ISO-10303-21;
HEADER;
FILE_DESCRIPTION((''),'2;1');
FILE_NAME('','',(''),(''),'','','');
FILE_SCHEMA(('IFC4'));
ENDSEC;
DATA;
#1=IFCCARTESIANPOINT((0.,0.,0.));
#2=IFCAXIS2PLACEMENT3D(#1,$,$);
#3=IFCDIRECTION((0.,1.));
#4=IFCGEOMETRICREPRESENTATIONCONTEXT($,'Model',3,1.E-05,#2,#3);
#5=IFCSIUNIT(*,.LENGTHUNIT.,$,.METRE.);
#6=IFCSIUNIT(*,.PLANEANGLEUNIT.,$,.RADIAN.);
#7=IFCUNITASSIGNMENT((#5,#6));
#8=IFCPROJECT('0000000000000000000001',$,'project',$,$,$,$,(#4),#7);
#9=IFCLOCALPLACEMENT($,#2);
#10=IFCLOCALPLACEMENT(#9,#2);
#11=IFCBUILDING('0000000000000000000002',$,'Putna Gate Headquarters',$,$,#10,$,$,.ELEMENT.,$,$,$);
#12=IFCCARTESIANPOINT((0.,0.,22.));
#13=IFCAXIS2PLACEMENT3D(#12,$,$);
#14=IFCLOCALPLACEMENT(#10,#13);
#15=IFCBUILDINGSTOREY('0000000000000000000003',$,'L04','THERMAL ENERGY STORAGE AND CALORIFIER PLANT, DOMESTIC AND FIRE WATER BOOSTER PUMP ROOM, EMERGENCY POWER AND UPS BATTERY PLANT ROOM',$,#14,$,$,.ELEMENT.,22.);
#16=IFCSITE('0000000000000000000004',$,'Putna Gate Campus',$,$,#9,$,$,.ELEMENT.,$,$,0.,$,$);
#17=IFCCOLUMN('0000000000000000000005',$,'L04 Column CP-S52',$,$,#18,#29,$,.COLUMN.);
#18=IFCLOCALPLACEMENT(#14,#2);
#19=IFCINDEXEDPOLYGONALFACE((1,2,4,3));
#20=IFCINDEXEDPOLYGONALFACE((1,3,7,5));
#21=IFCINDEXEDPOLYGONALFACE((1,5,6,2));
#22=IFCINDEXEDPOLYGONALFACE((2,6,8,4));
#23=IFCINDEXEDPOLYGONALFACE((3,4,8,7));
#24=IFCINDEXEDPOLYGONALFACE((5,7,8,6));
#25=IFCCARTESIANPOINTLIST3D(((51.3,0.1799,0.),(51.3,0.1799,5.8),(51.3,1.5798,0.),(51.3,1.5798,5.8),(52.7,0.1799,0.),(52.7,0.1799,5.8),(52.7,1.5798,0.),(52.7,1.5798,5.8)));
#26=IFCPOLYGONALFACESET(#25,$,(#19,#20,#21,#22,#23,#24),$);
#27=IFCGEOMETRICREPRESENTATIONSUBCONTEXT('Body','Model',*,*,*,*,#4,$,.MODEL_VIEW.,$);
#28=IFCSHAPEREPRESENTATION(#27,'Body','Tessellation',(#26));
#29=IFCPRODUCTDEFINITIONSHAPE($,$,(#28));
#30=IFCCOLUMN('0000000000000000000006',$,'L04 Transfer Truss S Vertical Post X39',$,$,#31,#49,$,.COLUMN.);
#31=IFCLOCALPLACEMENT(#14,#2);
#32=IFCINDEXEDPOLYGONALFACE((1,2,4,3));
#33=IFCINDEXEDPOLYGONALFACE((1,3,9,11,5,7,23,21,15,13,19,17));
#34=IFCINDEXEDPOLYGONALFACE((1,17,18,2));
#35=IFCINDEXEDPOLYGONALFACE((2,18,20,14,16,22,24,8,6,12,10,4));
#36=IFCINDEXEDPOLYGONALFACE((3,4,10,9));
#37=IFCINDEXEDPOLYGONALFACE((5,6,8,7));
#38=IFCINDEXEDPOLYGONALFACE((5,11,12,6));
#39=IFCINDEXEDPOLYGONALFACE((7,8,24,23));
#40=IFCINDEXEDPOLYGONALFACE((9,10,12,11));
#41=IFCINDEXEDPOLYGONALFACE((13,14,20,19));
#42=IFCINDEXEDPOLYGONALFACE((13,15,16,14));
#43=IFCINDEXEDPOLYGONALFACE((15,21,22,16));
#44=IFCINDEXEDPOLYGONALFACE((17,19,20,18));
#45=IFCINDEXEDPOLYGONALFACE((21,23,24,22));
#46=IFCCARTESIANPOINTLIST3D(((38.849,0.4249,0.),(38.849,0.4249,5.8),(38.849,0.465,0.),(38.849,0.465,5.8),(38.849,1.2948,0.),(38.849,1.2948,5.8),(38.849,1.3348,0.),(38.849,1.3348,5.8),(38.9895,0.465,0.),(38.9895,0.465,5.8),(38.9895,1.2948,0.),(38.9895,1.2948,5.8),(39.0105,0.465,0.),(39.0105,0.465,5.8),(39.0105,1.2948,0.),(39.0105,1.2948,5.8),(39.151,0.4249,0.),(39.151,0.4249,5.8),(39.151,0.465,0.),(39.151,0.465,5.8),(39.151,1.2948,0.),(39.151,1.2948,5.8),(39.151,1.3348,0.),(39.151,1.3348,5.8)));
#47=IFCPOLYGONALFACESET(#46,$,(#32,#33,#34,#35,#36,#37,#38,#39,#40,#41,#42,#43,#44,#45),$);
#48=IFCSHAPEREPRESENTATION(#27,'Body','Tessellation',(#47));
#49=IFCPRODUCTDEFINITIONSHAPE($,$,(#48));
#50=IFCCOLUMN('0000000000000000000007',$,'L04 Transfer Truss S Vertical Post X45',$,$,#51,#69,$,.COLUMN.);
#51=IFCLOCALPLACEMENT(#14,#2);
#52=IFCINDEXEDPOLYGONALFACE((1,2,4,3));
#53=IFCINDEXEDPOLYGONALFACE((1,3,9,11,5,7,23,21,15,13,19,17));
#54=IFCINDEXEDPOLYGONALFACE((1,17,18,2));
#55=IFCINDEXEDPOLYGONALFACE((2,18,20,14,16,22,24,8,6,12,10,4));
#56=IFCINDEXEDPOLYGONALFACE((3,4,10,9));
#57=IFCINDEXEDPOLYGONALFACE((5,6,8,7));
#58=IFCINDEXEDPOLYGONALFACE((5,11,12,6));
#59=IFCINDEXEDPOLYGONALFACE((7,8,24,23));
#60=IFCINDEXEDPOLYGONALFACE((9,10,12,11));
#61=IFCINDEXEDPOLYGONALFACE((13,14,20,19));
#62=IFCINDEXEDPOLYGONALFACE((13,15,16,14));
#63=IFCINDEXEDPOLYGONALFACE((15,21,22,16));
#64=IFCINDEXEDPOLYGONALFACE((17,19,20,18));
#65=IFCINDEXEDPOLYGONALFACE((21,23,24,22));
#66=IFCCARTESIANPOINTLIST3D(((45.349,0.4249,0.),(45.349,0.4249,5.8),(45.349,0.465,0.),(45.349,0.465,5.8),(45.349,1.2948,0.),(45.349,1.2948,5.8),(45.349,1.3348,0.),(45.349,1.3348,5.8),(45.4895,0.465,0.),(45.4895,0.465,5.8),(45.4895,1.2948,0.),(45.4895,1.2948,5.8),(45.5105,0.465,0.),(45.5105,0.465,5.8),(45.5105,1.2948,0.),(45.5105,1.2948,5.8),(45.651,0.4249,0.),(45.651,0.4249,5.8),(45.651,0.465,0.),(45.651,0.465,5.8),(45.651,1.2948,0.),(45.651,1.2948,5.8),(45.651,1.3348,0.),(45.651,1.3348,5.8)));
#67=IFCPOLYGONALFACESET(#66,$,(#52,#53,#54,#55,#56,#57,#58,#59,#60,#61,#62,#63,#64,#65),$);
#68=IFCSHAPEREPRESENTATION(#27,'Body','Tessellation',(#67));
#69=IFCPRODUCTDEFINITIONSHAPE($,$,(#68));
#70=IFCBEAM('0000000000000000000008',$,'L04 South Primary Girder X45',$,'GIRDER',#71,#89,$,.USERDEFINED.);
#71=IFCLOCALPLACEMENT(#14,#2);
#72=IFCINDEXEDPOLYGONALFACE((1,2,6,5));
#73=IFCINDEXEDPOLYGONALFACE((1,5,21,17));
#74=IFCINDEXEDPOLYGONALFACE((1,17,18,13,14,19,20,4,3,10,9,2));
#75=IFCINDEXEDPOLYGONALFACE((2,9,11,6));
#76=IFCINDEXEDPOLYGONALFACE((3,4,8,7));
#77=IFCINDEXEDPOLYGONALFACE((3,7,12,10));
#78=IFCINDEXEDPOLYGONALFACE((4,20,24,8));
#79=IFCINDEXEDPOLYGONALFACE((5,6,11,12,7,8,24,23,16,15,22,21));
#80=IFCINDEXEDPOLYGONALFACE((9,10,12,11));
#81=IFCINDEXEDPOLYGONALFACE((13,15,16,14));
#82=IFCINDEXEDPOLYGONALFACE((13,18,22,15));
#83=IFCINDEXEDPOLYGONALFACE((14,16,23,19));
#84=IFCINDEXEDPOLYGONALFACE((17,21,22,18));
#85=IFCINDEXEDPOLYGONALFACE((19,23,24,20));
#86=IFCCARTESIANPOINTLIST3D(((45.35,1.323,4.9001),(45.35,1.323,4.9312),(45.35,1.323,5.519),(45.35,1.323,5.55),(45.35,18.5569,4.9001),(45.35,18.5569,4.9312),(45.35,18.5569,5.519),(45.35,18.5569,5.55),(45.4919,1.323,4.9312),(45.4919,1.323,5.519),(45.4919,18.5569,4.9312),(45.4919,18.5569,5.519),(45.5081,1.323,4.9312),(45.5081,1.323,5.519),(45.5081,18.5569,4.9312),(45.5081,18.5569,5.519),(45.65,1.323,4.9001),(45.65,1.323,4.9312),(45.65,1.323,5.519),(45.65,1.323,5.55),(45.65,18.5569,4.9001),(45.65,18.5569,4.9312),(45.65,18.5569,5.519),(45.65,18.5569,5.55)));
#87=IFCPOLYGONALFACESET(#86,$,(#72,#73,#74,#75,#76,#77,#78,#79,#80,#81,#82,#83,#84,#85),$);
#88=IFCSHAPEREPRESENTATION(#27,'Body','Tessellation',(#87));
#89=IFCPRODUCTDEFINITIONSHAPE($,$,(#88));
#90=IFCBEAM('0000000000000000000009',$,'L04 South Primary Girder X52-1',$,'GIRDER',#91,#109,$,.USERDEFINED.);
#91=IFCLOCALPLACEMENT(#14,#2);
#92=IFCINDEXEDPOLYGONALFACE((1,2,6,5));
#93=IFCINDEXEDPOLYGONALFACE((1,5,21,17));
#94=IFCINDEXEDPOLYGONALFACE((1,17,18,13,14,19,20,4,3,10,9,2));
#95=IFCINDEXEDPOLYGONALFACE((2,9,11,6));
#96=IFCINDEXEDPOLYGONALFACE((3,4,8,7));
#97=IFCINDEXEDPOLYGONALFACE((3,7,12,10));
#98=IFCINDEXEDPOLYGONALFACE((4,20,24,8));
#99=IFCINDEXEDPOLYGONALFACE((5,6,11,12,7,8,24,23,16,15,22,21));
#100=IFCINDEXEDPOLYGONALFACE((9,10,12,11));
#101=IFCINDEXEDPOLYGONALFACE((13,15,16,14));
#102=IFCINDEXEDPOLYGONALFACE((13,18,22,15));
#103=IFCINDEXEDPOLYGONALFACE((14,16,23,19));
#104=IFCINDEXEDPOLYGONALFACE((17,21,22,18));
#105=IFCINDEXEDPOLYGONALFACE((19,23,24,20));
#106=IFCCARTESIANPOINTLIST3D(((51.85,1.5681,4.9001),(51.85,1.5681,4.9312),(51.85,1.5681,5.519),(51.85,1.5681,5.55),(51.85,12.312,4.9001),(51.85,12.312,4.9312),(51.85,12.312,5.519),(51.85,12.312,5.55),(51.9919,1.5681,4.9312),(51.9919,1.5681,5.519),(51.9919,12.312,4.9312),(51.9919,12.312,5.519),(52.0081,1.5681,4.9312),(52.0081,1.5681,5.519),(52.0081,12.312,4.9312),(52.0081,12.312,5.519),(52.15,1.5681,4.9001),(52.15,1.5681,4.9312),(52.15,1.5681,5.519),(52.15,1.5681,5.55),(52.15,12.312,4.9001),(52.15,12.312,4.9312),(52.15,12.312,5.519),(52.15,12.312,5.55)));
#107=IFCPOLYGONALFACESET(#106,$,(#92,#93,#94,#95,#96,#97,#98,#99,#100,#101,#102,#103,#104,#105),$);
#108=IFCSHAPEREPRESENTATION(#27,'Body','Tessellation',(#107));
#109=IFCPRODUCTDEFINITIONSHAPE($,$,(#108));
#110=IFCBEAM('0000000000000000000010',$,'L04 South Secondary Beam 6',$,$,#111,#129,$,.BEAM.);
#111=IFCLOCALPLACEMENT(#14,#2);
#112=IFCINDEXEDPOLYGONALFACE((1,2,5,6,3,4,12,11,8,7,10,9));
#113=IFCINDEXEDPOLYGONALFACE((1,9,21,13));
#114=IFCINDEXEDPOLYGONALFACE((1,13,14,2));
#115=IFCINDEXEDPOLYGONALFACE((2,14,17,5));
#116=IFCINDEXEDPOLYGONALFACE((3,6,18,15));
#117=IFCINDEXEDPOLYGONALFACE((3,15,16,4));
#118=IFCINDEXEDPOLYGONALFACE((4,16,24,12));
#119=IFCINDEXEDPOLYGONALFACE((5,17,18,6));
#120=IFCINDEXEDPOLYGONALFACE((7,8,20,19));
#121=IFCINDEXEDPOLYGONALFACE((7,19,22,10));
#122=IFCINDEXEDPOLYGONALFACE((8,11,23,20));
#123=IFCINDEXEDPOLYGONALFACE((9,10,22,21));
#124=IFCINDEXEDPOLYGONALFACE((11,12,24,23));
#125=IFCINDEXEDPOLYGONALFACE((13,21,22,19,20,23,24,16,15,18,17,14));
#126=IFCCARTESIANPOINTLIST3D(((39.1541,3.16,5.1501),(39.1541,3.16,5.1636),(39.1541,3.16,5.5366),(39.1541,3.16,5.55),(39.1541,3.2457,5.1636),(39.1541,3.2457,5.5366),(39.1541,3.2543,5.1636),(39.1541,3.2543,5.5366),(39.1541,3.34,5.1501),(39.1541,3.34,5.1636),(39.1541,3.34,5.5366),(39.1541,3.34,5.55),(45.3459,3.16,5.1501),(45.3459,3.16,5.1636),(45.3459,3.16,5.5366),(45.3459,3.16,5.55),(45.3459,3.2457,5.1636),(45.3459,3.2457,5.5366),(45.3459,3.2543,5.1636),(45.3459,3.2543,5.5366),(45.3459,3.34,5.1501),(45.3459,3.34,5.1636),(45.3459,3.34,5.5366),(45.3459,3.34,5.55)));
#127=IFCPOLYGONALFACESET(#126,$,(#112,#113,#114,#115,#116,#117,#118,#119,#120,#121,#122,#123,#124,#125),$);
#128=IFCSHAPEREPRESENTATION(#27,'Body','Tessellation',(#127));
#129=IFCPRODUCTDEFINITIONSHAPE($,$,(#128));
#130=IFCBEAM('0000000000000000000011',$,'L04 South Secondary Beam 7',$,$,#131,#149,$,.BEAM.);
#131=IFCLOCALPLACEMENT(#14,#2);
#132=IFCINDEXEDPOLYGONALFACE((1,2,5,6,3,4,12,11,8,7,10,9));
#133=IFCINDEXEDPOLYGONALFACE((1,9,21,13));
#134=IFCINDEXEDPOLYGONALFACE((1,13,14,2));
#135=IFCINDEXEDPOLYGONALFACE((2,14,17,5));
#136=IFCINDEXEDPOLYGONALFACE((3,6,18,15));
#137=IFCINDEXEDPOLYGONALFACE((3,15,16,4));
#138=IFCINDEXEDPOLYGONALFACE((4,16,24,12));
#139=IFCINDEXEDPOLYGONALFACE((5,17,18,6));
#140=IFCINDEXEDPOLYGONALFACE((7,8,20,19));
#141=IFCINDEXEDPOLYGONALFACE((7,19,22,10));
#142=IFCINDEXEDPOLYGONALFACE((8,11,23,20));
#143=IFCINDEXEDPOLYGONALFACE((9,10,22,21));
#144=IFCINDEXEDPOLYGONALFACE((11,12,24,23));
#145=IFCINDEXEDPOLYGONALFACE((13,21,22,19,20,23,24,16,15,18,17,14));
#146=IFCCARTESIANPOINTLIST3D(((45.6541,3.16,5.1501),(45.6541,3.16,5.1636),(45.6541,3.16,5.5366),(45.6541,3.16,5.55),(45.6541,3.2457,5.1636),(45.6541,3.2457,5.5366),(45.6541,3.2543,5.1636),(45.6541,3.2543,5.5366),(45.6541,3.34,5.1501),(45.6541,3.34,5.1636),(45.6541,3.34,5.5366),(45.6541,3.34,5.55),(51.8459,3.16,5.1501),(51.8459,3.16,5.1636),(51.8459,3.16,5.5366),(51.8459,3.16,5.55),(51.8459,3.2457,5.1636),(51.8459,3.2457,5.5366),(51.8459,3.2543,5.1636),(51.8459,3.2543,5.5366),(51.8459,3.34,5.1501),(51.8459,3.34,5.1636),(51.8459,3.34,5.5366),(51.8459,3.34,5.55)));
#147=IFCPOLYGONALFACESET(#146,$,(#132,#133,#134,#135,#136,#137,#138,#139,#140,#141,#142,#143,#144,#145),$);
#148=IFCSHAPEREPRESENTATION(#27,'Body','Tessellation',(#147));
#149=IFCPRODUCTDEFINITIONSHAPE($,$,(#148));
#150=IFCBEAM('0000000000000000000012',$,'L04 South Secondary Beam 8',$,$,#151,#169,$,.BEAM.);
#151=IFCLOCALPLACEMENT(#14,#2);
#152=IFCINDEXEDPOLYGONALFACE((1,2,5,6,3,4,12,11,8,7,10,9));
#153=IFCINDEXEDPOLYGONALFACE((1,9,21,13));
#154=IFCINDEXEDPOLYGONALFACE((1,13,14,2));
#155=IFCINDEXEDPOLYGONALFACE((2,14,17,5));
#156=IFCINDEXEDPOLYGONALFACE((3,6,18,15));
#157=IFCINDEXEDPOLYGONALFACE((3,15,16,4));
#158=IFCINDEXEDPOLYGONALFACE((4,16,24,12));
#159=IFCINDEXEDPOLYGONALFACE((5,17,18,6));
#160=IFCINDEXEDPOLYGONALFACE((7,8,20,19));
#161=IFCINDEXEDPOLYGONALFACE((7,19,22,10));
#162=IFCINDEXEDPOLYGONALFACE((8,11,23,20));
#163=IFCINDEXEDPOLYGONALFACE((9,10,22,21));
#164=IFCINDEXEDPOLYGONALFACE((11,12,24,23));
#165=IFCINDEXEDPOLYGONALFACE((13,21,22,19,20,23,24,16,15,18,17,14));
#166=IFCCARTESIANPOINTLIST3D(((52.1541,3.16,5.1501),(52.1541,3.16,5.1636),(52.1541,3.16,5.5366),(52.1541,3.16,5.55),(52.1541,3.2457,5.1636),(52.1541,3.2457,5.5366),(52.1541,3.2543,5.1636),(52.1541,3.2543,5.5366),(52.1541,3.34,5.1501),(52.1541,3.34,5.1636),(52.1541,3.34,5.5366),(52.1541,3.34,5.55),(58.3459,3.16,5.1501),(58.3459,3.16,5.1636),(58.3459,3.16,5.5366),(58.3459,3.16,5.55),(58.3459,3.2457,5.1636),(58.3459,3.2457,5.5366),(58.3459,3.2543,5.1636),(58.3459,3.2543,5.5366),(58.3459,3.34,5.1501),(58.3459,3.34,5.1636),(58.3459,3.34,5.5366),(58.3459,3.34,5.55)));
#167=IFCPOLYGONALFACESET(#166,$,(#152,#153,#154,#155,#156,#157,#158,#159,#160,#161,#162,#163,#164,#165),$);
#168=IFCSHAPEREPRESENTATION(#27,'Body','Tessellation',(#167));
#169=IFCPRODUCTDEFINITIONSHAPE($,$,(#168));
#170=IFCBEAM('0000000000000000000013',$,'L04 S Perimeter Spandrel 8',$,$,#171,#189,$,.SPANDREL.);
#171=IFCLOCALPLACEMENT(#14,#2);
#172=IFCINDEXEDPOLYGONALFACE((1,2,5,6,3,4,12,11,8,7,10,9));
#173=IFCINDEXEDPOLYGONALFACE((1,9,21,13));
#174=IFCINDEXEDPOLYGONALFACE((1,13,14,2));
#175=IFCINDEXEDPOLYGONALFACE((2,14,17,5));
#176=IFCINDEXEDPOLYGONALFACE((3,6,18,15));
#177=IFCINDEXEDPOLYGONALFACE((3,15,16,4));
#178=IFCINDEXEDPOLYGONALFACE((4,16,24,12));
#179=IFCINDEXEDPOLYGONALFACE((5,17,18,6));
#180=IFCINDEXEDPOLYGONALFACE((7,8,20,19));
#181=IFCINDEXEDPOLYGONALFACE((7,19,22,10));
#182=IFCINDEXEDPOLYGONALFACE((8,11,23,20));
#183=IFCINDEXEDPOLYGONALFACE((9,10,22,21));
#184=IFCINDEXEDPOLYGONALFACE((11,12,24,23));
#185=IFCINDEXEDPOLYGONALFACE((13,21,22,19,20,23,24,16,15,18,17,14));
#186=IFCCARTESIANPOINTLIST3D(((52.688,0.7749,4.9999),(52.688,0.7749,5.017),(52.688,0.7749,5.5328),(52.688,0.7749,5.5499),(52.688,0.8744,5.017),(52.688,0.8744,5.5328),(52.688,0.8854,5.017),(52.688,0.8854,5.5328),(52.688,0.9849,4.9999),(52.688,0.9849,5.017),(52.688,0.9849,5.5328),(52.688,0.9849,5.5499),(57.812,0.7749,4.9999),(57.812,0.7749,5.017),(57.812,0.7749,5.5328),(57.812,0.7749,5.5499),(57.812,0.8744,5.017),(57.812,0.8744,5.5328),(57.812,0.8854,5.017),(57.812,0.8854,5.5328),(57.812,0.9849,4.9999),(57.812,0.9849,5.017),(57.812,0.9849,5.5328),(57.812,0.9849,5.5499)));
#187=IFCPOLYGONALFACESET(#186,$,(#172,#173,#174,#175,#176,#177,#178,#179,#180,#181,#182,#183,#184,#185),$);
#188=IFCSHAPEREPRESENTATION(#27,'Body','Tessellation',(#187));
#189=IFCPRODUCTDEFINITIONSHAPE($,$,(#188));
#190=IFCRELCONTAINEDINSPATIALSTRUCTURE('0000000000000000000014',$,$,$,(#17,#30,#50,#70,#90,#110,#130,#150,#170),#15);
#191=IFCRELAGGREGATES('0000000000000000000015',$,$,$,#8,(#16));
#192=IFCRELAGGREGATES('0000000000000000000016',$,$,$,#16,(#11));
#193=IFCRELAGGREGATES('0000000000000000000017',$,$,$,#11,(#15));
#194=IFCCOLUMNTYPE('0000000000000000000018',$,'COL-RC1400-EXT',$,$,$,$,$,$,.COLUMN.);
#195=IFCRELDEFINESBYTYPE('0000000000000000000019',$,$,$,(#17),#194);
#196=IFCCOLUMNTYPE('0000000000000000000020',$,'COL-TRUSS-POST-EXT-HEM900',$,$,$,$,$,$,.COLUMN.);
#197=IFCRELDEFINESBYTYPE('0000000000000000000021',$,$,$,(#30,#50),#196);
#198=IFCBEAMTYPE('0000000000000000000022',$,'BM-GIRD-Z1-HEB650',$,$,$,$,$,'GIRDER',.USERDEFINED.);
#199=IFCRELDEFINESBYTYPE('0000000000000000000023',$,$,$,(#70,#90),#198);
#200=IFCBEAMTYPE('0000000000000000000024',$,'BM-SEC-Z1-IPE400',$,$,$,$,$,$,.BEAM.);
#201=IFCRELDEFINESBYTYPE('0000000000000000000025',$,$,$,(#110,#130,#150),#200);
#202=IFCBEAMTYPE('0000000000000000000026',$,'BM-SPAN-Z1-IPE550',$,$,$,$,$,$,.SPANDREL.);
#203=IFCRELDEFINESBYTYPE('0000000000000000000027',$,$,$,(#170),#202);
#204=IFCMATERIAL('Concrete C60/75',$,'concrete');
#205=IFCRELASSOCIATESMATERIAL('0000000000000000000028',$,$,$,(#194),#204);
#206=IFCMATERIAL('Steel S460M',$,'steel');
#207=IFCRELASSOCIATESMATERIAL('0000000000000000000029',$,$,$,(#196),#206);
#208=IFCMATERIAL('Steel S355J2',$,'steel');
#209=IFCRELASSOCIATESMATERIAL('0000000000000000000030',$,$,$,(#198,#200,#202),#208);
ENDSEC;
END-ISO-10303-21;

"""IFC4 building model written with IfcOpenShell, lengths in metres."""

from ifc_helpers import new_model, si_unit, direction, frame, origin, origin_2d, place, context, subcontext, project, spatial, rectangle, i_section, extrude, material, material_profile, profile_set, type_object, element, save


model = new_model("IFC4")

# Units and contexts
model_context = context("Model", 3, precision=1e-05, world=origin(), true_north=direction((0.0, 1.0)))
body_context = subcontext(model_context, "Body", "Model", "MODEL_VIEW")
ifc_project = project(units=[si_unit("LENGTHUNIT", "METRE"), si_unit("PLANEANGLEUNIT", "RADIAN")], contexts=[model_context])

# Site, building, storey
site_placement = place(None, origin())
site = spatial("IfcSite", under=ifc_project, at=site_placement, Name="Putna Gate Campus", CompositionType="ELEMENT", RefElevation=0.0)
building_placement = place(site_placement, origin())
building = spatial("IfcBuilding", under=site, at=building_placement, Name="Putna Gate Headquarters", CompositionType="ELEMENT")
storey_placement = place(building_placement, frame((0.0, 0.0, 22.0)))
storey = spatial("IfcBuildingStorey", under=building, at=storey_placement, Name="L04", Description="THERMAL ENERGY STORAGE AND CALORIFIER PLANT, DOMESTIC AND FIRE WATER BOOSTER PUMP ROOM, EMERGENCY POWER AND UPS BATTERY PLANT ROOM", CompositionType="ELEMENT", Elevation=22.0)

# Columns
ifc_material_1 = material(Name="Concrete C60/75", Category="concrete")
ifc_material_profile_1 = material_profile(ifc_material_1, rectangle(XDim=1.3999, YDim=1.3999, at=origin_2d()), Name="Concrete C60/75")
ifc_profile_set_1 = profile_set([ifc_material_profile_1], Name="Concrete C60/75")
column_type_1 = type_object("IfcColumnType", Name="COL-RC1400-EXT", PredefinedType="COLUMN", material=ifc_profile_set_1)
column_placement = place(storey_placement, frame((52.0, 0.8799, 0.0), z_axis=(0.0, 0.0, 1.0), x_axis=(1.0, 0.0, 0.0)))
element("IfcColumn", 1, at=column_placement, inside=storey, type_object=column_type_1, Name="L04 Column CP-S52", PredefinedType="COLUMN", context=body_context, shape_type="SweptSolid", body=[
    extrude(rectangle(XDim=1.3999, YDim=1.3999, at=origin_2d()), origin(), (0.0, 0.0, 1.0), 5.8),
])
ifc_material_2 = material(Name="Steel S460M", Category="steel")
ifc_material_profile_2 = material_profile(ifc_material_2, i_section(OverallWidth=0.302, OverallDepth=0.9099, WebThickness=0.021, FlangeThickness=0.04, at=origin_2d()), Name="Steel S460M")
ifc_profile_set_2 = profile_set([ifc_material_profile_2], Name="Steel S460M")
column_type_2 = type_object("IfcColumnType", Name="COL-TRUSS-POST-EXT-HEM900", PredefinedType="COLUMN", material=ifc_profile_set_2)
for number, where, z_axis, x_axis, name in (
    (2, (39.0, 0.8799, 0.0), (0.0, 0.0, 1.0), (1.0, 0.0, 0.0), "L04 Transfer Truss S Vertical Post X39"),
    (3, (45.5, 0.8799, 0.0), (0.0, 0.0, 1.0), (1.0, 0.0, 0.0), "L04 Transfer Truss S Vertical Post X45"),
):
    element("IfcColumn", number, at=place(storey_placement, frame(where, z_axis=z_axis, x_axis=x_axis)), inside=storey, type_object=column_type_2, Name=name, PredefinedType="COLUMN", context=body_context, shape_type="SweptSolid", body=[
        extrude(i_section(OverallWidth=0.302, OverallDepth=0.9099, WebThickness=0.021, FlangeThickness=0.04, at=origin_2d()), origin(), (0.0, 0.0, 1.0), 5.8),
    ])

# Beams
ifc_material_3 = material(Name="Steel S355J2", Category="steel")
ifc_material_profile_3 = material_profile(ifc_material_3, i_section(OverallWidth=0.3, OverallDepth=0.6499, WebThickness=0.0161, FlangeThickness=0.031, at=origin_2d()), Name="Steel S355J2")
ifc_profile_set_3 = profile_set([ifc_material_profile_3], Name="Steel S355J2")
beam_type_1 = type_object("IfcBeamType", Name="BM-GIRD-Z1-HEB650", ElementType="GIRDER", PredefinedType="USERDEFINED", material=ifc_profile_set_3)
beam_1_placement = place(storey_placement, frame((45.5, 1.323, 5.2251), z_axis=(0.0, 1.0, 0.0), x_axis=(-1.0, 0.0, 0.0)))
element("IfcBeam", 4, at=beam_1_placement, inside=storey, type_object=beam_type_1, Name="L04 South Primary Girder X45", ObjectType="GIRDER", PredefinedType="USERDEFINED", context=body_context, shape_type="SweptSolid", body=[
    extrude(i_section(OverallWidth=0.3, OverallDepth=0.6499, WebThickness=0.0161, FlangeThickness=0.031, at=origin_2d()), origin(), (0.0, 0.0, 1.0), 17.2339),
])
beam_2_placement = place(storey_placement, frame((52.0, 1.5681, 5.2251), z_axis=(0.0, 1.0, 0.0), x_axis=(-1.0, 0.0, 0.0)))
element("IfcBeam", 5, at=beam_2_placement, inside=storey, type_object=beam_type_1, Name="L04 South Primary Girder X52-1", ObjectType="GIRDER", PredefinedType="USERDEFINED", context=body_context, shape_type="SweptSolid", body=[
    extrude(i_section(OverallWidth=0.3, OverallDepth=0.6499, WebThickness=0.0161, FlangeThickness=0.031, at=origin_2d()), origin(), (0.0, 0.0, 1.0), 10.7439),
])
ifc_material_profile_4 = material_profile(ifc_material_3, i_section(OverallWidth=0.1799, OverallDepth=0.3999, WebThickness=0.0085, FlangeThickness=0.0134, at=origin_2d()), Name="Steel S355J2")
ifc_profile_set_4 = profile_set([ifc_material_profile_4], Name="Steel S355J2")
beam_type_2 = type_object("IfcBeamType", Name="BM-SEC-Z1-IPE400", PredefinedType="BEAM", material=ifc_profile_set_4)
for number, where, z_axis, x_axis, name in (
    (6, (39.1541, 3.25, 5.3501), (1.0, 0.0, 0.0), (0.0, 1.0, 0.0), "L04 South Secondary Beam 6"),
    (7, (45.6541, 3.25, 5.3501), (1.0, 0.0, 0.0), (0.0, 1.0, 0.0), "L04 South Secondary Beam 7"),
    (8, (52.1541, 3.25, 5.3501), (1.0, 0.0, 0.0), (0.0, 1.0, 0.0), "L04 South Secondary Beam 8"),
):
    element("IfcBeam", number, at=place(storey_placement, frame(where, z_axis=z_axis, x_axis=x_axis)), inside=storey, type_object=beam_type_2, Name=name, PredefinedType="BEAM", context=body_context, shape_type="SweptSolid", body=[
        extrude(i_section(OverallWidth=0.1799, OverallDepth=0.3999, WebThickness=0.0085, FlangeThickness=0.0134, at=origin_2d()), origin(), (0.0, 0.0, 1.0), 6.1919),
    ])
ifc_material_profile_5 = material_profile(ifc_material_3, i_section(OverallWidth=0.21, OverallDepth=0.55, WebThickness=0.011, FlangeThickness=0.0171, at=origin_2d()), Name="Steel S355J2")
ifc_profile_set_5 = profile_set([ifc_material_profile_5], Name="Steel S355J2")
beam_type_3 = type_object("IfcBeamType", Name="BM-SPAN-Z1-IPE550", PredefinedType="SPANDREL", material=ifc_profile_set_5)
beam_3_placement = place(storey_placement, frame((52.688, 0.8799, 5.2749), z_axis=(1.0, 0.0, 0.0), x_axis=(0.0, 1.0, 0.0)))
element("IfcBeam", 9, at=beam_3_placement, inside=storey, type_object=beam_type_3, Name="L04 S Perimeter Spandrel 8", PredefinedType="SPANDREL", context=body_context, shape_type="SweptSolid", body=[
    extrude(i_section(OverallWidth=0.21, OverallDepth=0.55, WebThickness=0.011, FlangeThickness=0.0171, at=origin_2d()), origin(), (0.0, 0.0, 1.0), 5.124),
])

save(model, "model.ifc")
